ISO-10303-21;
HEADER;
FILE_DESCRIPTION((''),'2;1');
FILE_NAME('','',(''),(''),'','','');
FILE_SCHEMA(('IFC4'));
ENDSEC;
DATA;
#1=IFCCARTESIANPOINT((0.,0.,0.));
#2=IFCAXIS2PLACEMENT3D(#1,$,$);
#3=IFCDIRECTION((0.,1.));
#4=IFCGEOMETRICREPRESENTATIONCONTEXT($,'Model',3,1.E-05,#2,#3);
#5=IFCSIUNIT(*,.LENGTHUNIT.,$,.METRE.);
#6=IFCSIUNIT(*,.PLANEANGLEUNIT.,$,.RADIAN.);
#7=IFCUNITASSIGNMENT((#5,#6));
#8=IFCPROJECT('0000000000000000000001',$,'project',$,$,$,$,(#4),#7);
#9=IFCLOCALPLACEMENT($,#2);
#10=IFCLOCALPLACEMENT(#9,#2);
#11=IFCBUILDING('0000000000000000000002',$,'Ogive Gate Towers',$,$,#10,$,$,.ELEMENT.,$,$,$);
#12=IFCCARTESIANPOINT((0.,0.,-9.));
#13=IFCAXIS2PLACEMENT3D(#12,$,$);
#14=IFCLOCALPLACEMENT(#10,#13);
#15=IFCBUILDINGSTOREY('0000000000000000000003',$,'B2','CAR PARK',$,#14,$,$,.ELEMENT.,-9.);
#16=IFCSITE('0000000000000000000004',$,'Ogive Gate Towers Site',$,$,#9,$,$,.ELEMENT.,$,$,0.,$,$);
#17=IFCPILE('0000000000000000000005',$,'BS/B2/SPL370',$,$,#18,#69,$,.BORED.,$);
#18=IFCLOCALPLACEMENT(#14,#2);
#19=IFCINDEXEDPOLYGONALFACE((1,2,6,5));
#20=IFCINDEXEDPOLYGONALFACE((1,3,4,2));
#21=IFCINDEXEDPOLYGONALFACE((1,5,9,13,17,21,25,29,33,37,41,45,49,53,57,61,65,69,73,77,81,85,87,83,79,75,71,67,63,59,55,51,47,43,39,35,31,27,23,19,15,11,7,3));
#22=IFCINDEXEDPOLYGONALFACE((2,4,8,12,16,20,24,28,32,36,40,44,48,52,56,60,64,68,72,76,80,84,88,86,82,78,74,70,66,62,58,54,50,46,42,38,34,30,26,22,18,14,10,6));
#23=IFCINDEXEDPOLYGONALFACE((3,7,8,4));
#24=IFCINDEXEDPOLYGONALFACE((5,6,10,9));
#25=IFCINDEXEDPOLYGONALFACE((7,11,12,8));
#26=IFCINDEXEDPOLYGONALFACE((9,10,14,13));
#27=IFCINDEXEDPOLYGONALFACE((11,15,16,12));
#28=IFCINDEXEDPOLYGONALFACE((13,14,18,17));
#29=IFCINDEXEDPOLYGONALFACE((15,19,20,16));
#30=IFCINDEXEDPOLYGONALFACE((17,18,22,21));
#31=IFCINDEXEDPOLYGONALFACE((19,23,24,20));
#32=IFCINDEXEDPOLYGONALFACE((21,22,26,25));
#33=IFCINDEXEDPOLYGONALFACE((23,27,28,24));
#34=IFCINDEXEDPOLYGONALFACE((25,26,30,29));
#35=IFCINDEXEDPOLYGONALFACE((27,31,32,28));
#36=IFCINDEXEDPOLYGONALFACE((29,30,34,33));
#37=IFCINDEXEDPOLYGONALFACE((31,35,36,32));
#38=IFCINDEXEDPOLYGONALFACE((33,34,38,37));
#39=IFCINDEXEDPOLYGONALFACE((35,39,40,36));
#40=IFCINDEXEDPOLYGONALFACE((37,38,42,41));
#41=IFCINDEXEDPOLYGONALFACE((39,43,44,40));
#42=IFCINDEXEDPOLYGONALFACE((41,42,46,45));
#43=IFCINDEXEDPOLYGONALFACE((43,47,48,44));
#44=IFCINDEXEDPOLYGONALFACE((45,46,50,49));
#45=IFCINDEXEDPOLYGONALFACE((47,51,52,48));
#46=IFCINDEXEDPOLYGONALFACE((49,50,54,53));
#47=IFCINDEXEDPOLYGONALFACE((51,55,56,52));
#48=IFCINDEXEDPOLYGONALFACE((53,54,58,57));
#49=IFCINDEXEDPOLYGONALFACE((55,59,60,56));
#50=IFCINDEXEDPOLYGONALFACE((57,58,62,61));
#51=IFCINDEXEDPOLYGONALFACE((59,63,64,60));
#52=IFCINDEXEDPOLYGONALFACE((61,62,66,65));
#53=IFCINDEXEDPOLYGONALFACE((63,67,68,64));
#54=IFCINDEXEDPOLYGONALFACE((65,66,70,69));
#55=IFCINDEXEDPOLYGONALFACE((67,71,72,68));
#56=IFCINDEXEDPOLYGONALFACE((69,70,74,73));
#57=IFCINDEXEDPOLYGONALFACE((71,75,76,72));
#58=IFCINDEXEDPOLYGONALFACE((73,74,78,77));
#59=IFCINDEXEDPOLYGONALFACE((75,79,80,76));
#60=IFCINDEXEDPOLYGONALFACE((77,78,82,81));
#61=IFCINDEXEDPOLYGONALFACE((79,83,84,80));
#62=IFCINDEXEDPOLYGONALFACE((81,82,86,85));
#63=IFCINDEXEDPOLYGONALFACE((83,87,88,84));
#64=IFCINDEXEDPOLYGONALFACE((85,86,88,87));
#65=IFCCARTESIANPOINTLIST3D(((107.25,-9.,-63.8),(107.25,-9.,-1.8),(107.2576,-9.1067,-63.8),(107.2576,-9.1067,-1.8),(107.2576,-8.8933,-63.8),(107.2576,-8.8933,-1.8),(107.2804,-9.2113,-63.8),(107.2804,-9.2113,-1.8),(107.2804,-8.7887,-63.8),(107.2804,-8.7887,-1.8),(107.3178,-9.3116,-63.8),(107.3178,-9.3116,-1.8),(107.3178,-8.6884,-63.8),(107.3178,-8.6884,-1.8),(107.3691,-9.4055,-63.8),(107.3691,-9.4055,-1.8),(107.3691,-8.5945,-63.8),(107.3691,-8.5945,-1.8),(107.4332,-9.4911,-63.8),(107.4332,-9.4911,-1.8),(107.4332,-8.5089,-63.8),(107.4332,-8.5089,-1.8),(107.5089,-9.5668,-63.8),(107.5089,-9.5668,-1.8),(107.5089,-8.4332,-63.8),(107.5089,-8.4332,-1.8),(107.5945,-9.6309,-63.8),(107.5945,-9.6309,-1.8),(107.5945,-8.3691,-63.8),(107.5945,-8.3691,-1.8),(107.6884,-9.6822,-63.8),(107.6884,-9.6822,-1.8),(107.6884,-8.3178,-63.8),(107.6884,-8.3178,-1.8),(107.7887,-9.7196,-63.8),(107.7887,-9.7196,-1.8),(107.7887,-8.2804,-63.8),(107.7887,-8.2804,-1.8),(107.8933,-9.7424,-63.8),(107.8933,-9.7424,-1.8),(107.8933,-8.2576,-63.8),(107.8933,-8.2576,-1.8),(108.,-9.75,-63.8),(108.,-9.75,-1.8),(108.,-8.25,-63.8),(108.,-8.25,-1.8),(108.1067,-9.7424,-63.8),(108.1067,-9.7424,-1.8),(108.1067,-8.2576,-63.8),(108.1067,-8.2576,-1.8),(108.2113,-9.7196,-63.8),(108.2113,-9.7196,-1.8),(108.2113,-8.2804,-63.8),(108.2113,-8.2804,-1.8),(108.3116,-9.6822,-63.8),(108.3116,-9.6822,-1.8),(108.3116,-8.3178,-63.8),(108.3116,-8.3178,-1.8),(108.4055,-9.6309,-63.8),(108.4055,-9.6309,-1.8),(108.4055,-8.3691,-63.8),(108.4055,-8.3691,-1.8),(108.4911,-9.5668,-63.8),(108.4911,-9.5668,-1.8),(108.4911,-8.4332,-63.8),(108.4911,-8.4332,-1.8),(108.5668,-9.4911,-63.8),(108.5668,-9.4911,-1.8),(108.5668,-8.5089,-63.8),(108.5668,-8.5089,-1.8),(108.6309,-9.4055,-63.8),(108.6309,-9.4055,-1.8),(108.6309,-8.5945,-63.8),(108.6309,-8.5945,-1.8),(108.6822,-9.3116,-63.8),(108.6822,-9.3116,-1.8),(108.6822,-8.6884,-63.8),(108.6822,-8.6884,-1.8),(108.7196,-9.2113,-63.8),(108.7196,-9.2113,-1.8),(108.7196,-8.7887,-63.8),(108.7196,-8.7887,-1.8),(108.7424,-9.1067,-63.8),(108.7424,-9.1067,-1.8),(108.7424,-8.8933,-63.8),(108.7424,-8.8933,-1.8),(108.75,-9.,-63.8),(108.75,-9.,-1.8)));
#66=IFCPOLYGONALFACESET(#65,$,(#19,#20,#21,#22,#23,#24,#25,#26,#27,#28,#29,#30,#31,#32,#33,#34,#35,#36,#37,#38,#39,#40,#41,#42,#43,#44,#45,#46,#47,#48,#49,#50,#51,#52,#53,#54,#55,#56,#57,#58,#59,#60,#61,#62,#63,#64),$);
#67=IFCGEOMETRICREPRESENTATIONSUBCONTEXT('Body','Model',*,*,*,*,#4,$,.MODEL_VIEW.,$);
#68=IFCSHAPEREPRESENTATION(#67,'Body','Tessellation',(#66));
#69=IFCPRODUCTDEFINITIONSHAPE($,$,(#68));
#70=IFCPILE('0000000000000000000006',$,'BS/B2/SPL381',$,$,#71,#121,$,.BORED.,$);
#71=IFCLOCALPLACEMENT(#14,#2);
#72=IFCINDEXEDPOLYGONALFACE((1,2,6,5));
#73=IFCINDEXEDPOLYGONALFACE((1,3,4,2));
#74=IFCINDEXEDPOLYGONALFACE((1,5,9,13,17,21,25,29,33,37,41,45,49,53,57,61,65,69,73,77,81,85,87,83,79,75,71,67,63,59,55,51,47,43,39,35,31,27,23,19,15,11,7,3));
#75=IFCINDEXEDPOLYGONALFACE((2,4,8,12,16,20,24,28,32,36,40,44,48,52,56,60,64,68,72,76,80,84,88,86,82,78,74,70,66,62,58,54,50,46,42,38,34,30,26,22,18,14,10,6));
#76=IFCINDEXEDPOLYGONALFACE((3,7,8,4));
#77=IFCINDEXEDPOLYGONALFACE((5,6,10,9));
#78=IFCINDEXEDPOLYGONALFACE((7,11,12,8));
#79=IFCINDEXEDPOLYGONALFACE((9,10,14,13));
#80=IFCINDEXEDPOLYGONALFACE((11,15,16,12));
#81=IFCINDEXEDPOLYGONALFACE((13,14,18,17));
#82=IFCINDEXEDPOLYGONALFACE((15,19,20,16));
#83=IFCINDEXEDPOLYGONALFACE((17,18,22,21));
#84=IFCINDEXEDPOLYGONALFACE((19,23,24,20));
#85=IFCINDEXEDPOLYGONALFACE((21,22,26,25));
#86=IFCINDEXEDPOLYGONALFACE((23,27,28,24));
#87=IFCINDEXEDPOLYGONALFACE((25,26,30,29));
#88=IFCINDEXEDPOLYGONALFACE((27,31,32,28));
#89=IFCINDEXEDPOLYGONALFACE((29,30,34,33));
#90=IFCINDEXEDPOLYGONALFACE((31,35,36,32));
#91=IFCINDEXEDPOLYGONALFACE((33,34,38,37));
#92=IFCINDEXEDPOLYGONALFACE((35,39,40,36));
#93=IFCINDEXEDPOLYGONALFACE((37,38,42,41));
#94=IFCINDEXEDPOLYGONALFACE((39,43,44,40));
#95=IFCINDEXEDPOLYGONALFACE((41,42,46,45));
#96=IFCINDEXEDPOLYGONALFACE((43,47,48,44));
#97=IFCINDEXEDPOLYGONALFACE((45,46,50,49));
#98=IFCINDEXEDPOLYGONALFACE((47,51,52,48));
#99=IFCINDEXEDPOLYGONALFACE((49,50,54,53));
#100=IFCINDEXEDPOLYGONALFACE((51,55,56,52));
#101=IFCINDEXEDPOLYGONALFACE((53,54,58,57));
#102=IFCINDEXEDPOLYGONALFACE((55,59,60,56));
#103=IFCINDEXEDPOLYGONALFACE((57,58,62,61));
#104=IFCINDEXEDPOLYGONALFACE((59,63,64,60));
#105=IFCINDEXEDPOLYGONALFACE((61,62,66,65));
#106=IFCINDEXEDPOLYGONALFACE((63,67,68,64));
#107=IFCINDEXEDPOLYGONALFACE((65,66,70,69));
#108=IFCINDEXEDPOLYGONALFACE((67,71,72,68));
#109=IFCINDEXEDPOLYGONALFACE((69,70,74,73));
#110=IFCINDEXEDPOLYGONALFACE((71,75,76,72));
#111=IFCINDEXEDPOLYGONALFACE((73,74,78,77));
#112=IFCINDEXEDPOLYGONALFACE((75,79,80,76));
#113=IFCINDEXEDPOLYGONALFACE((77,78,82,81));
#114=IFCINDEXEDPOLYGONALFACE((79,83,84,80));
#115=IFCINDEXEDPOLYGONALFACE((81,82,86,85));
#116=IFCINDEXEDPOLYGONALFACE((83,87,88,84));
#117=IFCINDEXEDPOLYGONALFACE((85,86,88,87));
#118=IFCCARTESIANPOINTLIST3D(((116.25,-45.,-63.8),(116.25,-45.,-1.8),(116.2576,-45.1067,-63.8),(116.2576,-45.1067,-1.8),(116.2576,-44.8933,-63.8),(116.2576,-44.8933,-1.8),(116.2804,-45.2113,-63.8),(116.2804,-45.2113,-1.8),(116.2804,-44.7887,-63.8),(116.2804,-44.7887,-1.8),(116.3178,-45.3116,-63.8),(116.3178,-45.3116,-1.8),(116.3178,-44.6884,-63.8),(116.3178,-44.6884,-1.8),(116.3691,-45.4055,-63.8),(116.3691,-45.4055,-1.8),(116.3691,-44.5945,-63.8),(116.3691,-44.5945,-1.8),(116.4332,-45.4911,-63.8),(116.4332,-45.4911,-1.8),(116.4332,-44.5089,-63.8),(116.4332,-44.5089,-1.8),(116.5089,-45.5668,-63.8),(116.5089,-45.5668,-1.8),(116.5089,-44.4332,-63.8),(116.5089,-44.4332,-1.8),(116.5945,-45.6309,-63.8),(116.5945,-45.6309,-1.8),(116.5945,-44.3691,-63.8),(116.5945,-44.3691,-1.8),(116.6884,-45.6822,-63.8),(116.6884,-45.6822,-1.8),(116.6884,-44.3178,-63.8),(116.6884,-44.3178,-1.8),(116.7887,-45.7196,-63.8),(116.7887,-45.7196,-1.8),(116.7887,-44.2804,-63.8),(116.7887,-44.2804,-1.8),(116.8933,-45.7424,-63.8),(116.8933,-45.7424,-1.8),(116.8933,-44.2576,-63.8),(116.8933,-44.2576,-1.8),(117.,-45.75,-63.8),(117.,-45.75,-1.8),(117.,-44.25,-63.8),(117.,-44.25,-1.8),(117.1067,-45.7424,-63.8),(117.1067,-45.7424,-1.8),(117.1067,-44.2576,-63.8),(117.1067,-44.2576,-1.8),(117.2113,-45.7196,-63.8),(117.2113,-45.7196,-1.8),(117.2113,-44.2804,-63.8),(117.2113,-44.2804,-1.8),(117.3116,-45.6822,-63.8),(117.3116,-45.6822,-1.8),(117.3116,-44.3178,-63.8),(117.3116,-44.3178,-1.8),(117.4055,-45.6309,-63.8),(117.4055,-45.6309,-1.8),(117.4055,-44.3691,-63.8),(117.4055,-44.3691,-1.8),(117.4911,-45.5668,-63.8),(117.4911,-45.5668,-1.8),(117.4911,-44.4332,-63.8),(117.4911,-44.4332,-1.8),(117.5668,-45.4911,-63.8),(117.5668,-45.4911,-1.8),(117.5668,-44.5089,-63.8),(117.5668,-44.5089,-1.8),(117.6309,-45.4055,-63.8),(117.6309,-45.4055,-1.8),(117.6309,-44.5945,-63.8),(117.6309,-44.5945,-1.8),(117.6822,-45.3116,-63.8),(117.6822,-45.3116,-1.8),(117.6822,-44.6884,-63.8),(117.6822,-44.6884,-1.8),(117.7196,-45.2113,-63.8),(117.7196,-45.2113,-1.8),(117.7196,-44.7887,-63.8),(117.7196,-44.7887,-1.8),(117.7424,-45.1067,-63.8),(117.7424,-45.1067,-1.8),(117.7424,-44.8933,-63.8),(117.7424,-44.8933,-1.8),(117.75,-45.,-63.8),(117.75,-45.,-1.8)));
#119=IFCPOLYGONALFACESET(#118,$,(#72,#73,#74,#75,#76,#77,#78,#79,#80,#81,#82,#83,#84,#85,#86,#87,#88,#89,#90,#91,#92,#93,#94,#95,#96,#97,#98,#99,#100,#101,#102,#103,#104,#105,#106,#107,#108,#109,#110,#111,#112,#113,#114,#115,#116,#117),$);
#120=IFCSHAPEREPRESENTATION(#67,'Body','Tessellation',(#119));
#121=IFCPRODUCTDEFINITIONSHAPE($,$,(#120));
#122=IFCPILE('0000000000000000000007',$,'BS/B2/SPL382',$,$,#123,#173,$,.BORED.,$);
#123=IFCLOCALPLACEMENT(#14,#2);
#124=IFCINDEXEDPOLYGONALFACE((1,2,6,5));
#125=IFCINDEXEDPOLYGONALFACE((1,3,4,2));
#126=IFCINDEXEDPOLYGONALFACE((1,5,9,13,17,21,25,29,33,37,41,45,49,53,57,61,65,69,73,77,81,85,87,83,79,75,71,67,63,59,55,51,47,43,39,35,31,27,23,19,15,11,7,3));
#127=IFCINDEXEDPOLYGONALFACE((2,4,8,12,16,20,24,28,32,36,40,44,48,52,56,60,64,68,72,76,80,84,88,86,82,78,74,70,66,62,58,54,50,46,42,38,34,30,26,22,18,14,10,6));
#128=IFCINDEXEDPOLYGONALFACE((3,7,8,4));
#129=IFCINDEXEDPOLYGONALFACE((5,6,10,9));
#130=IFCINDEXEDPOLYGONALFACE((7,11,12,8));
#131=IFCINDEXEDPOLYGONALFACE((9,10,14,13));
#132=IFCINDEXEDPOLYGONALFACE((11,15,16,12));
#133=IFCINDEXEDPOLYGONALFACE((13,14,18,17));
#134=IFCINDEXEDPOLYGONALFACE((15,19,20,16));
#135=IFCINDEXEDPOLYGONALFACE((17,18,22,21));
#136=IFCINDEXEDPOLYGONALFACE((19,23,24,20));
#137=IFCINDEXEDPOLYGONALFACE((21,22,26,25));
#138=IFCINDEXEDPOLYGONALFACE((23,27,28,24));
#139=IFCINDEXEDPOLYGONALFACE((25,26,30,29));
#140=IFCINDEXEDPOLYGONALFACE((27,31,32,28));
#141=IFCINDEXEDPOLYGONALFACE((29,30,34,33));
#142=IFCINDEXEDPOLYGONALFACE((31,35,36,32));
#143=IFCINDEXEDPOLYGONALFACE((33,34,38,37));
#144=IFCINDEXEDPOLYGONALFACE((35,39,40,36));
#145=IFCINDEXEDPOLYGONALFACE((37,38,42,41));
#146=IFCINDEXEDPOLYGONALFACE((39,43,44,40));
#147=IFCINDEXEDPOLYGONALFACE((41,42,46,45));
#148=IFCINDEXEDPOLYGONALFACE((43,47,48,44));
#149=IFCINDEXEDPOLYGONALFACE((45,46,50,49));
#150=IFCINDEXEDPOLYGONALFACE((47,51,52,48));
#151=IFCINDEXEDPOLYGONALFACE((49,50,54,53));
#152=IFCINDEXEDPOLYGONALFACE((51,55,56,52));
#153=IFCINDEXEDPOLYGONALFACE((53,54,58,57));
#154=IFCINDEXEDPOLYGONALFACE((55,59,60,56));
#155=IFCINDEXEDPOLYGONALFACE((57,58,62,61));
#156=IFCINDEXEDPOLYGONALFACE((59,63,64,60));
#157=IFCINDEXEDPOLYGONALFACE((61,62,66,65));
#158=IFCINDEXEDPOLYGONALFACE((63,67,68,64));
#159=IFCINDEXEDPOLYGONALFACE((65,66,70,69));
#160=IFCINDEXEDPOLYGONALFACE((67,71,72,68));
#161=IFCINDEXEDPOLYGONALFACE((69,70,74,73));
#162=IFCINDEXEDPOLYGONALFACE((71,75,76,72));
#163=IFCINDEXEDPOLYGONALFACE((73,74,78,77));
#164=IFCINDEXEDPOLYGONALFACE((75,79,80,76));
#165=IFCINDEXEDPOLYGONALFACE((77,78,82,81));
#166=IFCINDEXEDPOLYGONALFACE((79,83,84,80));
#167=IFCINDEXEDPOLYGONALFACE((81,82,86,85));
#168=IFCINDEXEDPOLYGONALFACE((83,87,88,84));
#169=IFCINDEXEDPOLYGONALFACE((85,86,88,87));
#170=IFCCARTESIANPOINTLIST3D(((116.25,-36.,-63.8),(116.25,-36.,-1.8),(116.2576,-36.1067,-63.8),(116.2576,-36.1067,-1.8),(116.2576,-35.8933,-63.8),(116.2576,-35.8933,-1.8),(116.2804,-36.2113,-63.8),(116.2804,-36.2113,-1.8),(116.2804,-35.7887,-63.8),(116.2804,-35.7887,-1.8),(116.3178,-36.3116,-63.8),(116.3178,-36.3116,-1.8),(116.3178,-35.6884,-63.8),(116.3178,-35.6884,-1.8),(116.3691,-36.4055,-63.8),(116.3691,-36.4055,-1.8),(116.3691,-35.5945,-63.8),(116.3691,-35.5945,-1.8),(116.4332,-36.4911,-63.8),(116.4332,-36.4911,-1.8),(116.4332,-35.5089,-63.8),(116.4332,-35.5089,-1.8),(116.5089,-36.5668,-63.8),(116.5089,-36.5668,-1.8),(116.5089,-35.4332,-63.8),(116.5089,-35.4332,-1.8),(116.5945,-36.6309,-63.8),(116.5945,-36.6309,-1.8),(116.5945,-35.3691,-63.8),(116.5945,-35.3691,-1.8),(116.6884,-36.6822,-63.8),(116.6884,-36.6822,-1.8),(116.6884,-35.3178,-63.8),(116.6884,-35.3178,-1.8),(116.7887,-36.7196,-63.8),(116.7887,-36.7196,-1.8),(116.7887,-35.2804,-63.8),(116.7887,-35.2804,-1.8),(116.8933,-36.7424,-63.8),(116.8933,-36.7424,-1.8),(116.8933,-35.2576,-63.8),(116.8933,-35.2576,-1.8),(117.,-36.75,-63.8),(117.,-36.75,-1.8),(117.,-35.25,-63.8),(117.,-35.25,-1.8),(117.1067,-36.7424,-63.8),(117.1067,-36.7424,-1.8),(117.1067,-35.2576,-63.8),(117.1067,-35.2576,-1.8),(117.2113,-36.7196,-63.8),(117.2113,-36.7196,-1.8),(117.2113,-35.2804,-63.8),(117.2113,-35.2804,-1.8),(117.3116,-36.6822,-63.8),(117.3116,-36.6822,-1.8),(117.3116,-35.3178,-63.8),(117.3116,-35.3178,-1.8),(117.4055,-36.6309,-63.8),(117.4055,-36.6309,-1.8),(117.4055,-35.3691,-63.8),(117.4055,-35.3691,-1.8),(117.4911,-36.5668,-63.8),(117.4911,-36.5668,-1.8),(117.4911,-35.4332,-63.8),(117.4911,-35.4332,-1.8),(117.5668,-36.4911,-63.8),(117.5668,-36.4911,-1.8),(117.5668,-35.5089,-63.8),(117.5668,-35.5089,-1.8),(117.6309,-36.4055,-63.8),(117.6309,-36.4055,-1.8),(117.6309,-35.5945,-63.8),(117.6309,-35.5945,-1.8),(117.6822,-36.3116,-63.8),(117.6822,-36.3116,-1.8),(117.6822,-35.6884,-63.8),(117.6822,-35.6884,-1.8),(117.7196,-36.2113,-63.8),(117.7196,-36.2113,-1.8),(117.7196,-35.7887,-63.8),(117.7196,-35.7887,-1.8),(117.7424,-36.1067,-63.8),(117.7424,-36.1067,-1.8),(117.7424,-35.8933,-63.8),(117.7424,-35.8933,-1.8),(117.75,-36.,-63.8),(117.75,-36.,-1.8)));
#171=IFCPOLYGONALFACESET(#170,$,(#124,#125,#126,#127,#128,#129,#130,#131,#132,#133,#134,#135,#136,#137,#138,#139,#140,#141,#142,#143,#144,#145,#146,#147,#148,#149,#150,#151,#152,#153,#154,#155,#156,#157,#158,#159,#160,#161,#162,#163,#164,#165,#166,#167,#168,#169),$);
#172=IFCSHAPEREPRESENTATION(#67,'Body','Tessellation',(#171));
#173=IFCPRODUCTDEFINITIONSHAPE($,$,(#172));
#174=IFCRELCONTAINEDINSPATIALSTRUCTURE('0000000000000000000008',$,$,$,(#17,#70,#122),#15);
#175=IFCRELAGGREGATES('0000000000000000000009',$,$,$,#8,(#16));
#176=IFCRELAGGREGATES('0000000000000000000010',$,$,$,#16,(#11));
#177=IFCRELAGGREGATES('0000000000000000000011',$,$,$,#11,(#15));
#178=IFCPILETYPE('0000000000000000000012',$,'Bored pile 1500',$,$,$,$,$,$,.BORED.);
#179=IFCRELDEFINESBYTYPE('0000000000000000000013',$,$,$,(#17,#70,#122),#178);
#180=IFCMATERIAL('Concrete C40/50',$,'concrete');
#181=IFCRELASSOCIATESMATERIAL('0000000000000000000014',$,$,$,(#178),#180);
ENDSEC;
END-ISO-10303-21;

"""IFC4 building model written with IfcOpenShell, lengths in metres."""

from ifc_helpers import new_model, si_unit, direction, frame, origin, origin_2d, place, context, subcontext, project, spatial, circle, extrude, material, material_profile, profile_set, type_object, element, save


model = new_model("IFC4")

# Units and contexts
model_context = context("Model", 3, precision=1e-05, world=origin(), true_north=direction((0.0, 1.0)))
body_context = subcontext(model_context, "Body", "Model", "MODEL_VIEW")
ifc_project = project(units=[si_unit("LENGTHUNIT", "METRE"), si_unit("PLANEANGLEUNIT", "RADIAN")], contexts=[model_context])

# Site, building, storey
site_placement = place(None, origin())
site = spatial("IfcSite", under=ifc_project, at=site_placement, Name="Ogive Gate Towers Site", CompositionType="ELEMENT", RefElevation=0.0)
building_placement = place(site_placement, origin())
building = spatial("IfcBuilding", under=site, at=building_placement, Name="Ogive Gate Towers", CompositionType="ELEMENT")
storey_placement = place(building_placement, frame((0.0, 0.0, -9.0)))
storey = spatial("IfcBuildingStorey", under=building, at=storey_placement, Name="B2", Description="CAR PARK", CompositionType="ELEMENT", Elevation=-9.0)

# Piles
ifc_material_1 = material(Name="Concrete C40/50", Category="concrete")
ifc_material_profile_1 = material_profile(ifc_material_1, circle(Radius=0.75, at=origin_2d()), Name="BP 1500")
ifc_profile_set_1 = profile_set([ifc_material_profile_1], Name="Concrete C40/50")
pile_type = type_object("IfcPileType", Name="Bored pile 1500", PredefinedType="BORED", material=ifc_profile_set_1)
for number, where, z_axis, x_axis, name in (
    (1, (108.0, -9.0, -1.8), (0.0, 0.0, -1.0), (1.0, 0.0, 0.0), "BS/B2/SPL370"),
    (2, (117.0, -45.0, -1.8), (0.0, 0.0, -1.0), (1.0, 0.0, 0.0), "BS/B2/SPL381"),
    (3, (117.0, -36.0, -1.8), (0.0, 0.0, -1.0), (1.0, 0.0, 0.0), "BS/B2/SPL382"),
):
    element("IfcPile", number, at=place(storey_placement, frame(where, z_axis=z_axis, x_axis=x_axis)), inside=storey, type_object=pile_type, Name=name, PredefinedType="BORED", context=body_context, shape_type="SweptSolid", body=[
        extrude(circle(Radius=0.75, at=origin_2d()), origin(), (0.0, 0.0, 1.0), 62.0),
    ])

save(model, "model.ifc")
